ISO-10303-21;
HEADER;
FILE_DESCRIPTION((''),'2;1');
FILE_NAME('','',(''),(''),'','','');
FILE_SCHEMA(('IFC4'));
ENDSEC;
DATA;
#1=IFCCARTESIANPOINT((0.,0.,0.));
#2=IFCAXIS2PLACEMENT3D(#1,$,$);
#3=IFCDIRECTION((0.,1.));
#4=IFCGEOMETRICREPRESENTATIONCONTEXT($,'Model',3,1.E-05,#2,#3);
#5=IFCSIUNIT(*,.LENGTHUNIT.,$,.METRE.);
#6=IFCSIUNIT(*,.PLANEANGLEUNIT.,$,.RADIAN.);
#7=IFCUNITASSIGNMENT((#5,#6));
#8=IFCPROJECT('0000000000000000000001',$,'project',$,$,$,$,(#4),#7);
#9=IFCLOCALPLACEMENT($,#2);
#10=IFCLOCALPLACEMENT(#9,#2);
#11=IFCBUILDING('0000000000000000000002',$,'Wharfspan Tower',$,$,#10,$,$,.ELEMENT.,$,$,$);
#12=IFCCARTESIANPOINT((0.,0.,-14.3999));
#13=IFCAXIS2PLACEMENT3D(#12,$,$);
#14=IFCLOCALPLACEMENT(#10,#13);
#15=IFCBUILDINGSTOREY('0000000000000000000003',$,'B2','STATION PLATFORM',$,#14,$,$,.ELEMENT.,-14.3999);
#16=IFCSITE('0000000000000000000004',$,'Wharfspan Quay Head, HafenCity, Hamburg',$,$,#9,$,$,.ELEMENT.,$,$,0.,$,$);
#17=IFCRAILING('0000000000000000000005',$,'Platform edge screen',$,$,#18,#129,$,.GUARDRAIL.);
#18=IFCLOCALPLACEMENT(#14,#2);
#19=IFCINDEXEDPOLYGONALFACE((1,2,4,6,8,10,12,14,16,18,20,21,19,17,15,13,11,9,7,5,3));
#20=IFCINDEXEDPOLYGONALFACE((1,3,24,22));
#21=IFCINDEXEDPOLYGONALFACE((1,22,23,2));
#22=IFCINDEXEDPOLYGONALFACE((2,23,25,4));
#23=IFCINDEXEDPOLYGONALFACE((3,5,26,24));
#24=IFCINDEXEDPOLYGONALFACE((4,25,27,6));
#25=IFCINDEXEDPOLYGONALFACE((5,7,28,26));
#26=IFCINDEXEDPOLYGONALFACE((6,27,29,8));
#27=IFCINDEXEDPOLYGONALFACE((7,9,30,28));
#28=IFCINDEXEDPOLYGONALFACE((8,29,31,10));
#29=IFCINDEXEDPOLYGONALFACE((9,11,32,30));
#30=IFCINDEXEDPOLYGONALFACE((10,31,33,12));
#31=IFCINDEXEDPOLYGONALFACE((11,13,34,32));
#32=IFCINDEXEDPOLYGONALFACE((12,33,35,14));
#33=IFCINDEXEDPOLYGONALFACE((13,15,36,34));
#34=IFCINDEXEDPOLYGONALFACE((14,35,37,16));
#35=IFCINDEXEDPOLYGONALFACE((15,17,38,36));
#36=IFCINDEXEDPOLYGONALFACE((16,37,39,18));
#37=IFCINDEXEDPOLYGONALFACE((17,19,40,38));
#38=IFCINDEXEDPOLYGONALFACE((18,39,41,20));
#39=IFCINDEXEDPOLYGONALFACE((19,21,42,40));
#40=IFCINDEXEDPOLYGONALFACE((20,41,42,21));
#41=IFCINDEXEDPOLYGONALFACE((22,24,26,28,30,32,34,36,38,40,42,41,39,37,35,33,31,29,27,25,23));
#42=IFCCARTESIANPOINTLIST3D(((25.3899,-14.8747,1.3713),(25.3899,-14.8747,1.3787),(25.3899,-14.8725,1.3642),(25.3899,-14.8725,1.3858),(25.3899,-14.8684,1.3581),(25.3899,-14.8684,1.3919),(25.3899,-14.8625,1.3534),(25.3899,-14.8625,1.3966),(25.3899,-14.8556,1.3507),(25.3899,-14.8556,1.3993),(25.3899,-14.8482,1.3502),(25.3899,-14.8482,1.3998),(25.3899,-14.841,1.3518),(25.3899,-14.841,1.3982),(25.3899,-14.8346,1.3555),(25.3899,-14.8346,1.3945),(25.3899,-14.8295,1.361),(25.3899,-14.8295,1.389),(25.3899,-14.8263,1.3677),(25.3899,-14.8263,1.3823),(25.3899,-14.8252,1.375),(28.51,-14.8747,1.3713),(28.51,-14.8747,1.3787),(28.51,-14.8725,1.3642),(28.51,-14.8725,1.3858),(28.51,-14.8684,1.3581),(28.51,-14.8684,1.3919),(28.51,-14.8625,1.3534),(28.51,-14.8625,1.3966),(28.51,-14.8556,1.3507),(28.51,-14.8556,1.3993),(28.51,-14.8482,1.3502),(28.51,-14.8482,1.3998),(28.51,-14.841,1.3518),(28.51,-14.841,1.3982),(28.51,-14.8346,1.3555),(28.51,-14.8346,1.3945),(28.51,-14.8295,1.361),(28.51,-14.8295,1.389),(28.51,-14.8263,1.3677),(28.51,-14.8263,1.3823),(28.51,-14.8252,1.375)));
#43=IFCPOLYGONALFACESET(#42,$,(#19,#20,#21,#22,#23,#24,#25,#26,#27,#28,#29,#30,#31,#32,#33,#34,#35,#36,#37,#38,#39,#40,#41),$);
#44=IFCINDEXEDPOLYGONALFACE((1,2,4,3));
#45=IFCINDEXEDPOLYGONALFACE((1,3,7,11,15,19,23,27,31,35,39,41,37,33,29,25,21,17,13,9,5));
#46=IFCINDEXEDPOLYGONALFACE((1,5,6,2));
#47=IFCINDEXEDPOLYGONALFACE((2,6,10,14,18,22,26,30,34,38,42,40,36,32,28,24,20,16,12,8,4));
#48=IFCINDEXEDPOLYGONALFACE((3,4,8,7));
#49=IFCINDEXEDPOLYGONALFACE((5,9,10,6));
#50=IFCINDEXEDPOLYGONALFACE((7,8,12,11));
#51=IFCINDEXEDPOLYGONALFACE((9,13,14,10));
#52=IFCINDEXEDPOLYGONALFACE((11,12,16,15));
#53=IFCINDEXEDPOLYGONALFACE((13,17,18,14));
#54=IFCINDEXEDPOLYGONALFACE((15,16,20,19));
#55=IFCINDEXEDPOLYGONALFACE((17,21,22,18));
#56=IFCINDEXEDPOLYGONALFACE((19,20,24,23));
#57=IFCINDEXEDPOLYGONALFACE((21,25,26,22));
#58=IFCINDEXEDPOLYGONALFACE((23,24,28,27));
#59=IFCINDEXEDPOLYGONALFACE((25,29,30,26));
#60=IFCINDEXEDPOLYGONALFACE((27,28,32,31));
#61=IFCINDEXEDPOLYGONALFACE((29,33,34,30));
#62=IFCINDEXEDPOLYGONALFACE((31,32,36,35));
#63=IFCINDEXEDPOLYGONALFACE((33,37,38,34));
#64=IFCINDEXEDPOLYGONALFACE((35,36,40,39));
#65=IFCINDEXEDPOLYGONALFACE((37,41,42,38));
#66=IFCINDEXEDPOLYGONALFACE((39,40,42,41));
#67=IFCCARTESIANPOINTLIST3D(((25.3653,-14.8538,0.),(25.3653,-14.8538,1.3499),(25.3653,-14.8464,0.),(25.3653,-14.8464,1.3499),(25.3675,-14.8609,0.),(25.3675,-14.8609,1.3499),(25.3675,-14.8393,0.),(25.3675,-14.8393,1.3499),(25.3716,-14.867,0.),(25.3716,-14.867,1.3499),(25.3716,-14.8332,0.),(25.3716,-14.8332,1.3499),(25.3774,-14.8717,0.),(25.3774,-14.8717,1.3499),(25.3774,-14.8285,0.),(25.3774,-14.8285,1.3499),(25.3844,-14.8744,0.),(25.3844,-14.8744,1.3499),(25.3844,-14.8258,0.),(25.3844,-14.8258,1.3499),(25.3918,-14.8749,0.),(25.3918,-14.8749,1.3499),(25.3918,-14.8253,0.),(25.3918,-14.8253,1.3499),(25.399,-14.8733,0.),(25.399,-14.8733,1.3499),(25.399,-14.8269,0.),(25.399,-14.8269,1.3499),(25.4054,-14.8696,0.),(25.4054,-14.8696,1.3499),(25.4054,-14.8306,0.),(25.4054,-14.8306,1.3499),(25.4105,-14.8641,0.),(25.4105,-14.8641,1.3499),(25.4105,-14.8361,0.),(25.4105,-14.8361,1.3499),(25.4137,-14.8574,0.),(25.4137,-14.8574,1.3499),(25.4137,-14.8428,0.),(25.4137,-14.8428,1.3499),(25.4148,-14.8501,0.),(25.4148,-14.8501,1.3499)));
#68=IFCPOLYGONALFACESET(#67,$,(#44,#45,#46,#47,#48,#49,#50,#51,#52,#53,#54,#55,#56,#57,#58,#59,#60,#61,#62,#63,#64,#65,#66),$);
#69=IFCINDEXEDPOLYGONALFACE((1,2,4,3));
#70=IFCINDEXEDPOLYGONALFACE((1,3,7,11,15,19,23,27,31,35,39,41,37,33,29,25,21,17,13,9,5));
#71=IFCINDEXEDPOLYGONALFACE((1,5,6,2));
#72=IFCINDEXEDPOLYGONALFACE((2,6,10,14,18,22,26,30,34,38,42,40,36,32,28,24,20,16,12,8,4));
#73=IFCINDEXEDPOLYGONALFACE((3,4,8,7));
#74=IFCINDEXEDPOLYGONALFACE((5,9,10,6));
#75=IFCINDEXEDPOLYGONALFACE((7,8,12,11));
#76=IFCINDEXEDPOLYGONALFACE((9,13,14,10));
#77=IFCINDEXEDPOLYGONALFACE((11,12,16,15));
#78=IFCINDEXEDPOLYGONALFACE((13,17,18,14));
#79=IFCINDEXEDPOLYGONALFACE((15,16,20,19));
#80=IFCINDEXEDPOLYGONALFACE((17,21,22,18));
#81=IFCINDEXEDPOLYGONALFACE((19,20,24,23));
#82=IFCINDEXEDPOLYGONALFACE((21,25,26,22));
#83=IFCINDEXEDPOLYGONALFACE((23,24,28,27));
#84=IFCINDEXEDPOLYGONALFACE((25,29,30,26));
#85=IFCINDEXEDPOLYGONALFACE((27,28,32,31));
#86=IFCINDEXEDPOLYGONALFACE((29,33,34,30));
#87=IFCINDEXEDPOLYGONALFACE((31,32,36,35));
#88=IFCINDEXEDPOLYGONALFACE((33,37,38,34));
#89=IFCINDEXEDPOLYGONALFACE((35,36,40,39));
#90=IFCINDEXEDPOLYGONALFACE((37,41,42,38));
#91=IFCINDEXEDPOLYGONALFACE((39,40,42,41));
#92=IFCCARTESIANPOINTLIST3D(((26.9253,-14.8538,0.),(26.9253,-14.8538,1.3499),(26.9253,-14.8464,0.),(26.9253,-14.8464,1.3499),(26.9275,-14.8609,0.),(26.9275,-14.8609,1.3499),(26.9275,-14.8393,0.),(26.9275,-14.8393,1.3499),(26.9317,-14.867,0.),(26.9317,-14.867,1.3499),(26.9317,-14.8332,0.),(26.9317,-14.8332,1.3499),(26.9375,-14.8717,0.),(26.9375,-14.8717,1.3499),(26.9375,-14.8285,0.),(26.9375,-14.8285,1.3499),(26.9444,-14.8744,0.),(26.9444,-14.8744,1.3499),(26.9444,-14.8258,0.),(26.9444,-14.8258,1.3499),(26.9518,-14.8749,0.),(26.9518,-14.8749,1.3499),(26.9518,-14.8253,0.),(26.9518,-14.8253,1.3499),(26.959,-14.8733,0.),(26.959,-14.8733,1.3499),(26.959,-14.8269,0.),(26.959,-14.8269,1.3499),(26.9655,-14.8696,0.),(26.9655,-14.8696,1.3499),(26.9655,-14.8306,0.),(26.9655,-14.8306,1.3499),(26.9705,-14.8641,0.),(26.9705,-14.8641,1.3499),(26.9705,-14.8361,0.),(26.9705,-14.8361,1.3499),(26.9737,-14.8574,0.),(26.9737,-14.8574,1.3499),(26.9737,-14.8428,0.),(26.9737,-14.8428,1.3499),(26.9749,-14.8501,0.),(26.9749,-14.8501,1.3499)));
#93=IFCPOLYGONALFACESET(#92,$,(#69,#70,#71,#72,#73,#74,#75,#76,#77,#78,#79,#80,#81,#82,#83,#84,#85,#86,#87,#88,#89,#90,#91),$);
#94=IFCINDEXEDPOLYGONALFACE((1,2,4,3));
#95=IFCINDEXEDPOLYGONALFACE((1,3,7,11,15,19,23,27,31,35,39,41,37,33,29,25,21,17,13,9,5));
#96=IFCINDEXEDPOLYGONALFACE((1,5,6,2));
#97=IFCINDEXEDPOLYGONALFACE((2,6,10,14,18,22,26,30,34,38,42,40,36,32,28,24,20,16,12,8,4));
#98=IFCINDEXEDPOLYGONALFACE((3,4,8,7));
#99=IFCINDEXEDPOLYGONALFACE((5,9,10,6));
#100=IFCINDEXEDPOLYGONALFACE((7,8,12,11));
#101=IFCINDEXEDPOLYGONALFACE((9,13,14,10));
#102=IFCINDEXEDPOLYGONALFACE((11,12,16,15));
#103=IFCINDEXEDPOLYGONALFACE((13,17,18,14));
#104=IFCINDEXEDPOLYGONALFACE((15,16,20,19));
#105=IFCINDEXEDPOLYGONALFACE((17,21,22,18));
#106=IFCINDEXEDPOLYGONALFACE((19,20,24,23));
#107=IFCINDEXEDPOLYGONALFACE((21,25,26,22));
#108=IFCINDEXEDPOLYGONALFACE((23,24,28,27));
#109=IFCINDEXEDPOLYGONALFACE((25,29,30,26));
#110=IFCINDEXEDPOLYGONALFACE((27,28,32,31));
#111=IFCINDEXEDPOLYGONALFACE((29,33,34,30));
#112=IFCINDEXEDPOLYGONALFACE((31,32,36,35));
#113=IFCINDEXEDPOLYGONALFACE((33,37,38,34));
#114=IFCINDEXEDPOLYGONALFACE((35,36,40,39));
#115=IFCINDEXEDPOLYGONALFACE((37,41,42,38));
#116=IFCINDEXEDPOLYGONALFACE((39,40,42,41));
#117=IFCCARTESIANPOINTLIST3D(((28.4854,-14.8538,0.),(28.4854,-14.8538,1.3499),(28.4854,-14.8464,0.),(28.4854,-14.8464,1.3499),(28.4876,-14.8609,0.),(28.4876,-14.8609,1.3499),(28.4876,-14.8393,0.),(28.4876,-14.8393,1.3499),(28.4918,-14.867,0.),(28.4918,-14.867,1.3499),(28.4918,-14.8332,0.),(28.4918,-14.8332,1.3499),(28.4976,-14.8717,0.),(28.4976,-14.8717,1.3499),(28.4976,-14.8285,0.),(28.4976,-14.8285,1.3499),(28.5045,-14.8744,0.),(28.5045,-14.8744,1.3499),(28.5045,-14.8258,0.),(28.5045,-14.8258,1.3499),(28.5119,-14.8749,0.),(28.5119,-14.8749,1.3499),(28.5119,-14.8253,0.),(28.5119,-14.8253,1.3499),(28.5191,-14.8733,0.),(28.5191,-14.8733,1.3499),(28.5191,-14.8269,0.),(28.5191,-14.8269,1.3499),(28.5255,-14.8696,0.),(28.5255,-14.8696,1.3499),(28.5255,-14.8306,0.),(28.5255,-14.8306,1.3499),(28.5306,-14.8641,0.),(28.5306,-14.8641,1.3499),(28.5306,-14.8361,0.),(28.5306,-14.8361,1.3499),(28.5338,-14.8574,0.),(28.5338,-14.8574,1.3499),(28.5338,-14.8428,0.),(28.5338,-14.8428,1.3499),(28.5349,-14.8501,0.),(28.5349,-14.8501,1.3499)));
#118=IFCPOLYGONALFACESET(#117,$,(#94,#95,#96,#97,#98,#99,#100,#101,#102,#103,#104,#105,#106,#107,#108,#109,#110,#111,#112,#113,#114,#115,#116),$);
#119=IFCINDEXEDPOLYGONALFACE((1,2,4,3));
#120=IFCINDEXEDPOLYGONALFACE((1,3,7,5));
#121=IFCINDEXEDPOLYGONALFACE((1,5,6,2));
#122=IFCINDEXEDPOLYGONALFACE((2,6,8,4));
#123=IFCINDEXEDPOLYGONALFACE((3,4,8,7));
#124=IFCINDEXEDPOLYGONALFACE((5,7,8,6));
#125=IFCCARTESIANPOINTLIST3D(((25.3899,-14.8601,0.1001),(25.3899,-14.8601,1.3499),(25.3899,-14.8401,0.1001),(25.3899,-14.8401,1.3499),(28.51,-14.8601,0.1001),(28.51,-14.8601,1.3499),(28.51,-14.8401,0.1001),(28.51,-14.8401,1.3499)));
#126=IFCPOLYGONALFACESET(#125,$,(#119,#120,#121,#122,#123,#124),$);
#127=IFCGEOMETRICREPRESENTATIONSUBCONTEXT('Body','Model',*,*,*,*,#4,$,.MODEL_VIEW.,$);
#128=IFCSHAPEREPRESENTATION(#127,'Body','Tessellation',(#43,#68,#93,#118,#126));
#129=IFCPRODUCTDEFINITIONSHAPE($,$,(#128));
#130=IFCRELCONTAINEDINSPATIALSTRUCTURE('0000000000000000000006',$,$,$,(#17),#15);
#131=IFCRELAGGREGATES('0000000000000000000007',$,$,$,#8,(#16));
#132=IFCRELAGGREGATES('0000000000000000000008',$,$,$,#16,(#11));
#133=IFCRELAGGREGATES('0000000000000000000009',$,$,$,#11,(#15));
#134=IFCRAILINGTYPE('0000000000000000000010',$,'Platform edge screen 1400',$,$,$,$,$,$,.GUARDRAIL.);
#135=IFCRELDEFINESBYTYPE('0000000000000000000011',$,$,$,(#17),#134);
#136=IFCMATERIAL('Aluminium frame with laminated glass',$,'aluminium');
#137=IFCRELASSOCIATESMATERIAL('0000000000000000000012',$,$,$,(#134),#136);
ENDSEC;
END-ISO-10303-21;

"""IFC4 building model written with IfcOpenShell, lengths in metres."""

from ifc_helpers import new_model, si_unit, direction, frame, origin, origin_2d, place, context, subcontext, project, spatial, rectangle, circle, extrude, material, type_object, element, save


model = new_model("IFC4")

# Units and contexts
model_context = context("Model", 3, precision=1e-05, world=origin(), true_north=direction((0.0, 1.0)))
body_context = subcontext(model_context, "Body", "Model", "MODEL_VIEW")
ifc_project = project(units=[si_unit("LENGTHUNIT", "METRE"), si_unit("PLANEANGLEUNIT", "RADIAN")], contexts=[model_context])

# Site, building, storey
site_placement = place(None, origin())
site = spatial("IfcSite", under=ifc_project, at=site_placement, Name="Wharfspan Quay Head, HafenCity, Hamburg", CompositionType="ELEMENT", RefElevation=0.0)
building_placement = place(site_placement, origin())
building = spatial("IfcBuilding", under=site, at=building_placement, Name="Wharfspan Tower", CompositionType="ELEMENT")
storey_placement = place(building_placement, frame((0.0, 0.0, -14.3999)))
storey = spatial("IfcBuildingStorey", under=building, at=storey_placement, Name="B2", Description="STATION PLATFORM", CompositionType="ELEMENT", Elevation=-14.3999)

# Railing
ifc_material_1 = material(Name="Aluminium frame with laminated glass", Category="aluminium")
railing_type_1 = type_object("IfcRailingType", Name="Platform edge screen 1400", PredefinedType="GUARDRAIL", material=ifc_material_1)
for number, where, name in (
    (1, (25.3899, -14.8501, 0.0), "Platform edge screen"),
):
    element("IfcRailing", number, at=place(storey_placement, frame(where)), inside=storey, type_object=railing_type_1, Name=name, PredefinedType="GUARDRAIL", context=body_context, shape_type="SweptSolid", body=[
        extrude(circle(Radius=0.0249, at=origin_2d()), frame((0.0, 0.0, 1.375), z_axis=(1.0, 0.0, 0.0), x_axis=(0.0, 1.0, 0.0)), (0.0, 0.0, 1.0), 3.1201),
        extrude(circle(Radius=0.0249, at=origin_2d()), origin(), (0.0, 0.0, 1.0), 1.3499),
        extrude(circle(Radius=0.0249, at=origin_2d()), frame((1.5601, 0.0, 0.0)), (0.0, 0.0, 1.0), 1.3499),
        extrude(circle(Radius=0.0249, at=origin_2d()), frame((3.1201, 0.0, 0.0)), (0.0, 0.0, 1.0), 1.3499),
        extrude(rectangle(XDim=3.1201, YDim=0.02, at=origin_2d()), frame((1.5601, 0.0, 0.1001), z_axis=(0.0, 0.0, 1.0), x_axis=(1.0, 0.0, 0.0)), (0.0, 0.0, 1.0), 1.2498),
    ])

save(model, "model.ifc")
